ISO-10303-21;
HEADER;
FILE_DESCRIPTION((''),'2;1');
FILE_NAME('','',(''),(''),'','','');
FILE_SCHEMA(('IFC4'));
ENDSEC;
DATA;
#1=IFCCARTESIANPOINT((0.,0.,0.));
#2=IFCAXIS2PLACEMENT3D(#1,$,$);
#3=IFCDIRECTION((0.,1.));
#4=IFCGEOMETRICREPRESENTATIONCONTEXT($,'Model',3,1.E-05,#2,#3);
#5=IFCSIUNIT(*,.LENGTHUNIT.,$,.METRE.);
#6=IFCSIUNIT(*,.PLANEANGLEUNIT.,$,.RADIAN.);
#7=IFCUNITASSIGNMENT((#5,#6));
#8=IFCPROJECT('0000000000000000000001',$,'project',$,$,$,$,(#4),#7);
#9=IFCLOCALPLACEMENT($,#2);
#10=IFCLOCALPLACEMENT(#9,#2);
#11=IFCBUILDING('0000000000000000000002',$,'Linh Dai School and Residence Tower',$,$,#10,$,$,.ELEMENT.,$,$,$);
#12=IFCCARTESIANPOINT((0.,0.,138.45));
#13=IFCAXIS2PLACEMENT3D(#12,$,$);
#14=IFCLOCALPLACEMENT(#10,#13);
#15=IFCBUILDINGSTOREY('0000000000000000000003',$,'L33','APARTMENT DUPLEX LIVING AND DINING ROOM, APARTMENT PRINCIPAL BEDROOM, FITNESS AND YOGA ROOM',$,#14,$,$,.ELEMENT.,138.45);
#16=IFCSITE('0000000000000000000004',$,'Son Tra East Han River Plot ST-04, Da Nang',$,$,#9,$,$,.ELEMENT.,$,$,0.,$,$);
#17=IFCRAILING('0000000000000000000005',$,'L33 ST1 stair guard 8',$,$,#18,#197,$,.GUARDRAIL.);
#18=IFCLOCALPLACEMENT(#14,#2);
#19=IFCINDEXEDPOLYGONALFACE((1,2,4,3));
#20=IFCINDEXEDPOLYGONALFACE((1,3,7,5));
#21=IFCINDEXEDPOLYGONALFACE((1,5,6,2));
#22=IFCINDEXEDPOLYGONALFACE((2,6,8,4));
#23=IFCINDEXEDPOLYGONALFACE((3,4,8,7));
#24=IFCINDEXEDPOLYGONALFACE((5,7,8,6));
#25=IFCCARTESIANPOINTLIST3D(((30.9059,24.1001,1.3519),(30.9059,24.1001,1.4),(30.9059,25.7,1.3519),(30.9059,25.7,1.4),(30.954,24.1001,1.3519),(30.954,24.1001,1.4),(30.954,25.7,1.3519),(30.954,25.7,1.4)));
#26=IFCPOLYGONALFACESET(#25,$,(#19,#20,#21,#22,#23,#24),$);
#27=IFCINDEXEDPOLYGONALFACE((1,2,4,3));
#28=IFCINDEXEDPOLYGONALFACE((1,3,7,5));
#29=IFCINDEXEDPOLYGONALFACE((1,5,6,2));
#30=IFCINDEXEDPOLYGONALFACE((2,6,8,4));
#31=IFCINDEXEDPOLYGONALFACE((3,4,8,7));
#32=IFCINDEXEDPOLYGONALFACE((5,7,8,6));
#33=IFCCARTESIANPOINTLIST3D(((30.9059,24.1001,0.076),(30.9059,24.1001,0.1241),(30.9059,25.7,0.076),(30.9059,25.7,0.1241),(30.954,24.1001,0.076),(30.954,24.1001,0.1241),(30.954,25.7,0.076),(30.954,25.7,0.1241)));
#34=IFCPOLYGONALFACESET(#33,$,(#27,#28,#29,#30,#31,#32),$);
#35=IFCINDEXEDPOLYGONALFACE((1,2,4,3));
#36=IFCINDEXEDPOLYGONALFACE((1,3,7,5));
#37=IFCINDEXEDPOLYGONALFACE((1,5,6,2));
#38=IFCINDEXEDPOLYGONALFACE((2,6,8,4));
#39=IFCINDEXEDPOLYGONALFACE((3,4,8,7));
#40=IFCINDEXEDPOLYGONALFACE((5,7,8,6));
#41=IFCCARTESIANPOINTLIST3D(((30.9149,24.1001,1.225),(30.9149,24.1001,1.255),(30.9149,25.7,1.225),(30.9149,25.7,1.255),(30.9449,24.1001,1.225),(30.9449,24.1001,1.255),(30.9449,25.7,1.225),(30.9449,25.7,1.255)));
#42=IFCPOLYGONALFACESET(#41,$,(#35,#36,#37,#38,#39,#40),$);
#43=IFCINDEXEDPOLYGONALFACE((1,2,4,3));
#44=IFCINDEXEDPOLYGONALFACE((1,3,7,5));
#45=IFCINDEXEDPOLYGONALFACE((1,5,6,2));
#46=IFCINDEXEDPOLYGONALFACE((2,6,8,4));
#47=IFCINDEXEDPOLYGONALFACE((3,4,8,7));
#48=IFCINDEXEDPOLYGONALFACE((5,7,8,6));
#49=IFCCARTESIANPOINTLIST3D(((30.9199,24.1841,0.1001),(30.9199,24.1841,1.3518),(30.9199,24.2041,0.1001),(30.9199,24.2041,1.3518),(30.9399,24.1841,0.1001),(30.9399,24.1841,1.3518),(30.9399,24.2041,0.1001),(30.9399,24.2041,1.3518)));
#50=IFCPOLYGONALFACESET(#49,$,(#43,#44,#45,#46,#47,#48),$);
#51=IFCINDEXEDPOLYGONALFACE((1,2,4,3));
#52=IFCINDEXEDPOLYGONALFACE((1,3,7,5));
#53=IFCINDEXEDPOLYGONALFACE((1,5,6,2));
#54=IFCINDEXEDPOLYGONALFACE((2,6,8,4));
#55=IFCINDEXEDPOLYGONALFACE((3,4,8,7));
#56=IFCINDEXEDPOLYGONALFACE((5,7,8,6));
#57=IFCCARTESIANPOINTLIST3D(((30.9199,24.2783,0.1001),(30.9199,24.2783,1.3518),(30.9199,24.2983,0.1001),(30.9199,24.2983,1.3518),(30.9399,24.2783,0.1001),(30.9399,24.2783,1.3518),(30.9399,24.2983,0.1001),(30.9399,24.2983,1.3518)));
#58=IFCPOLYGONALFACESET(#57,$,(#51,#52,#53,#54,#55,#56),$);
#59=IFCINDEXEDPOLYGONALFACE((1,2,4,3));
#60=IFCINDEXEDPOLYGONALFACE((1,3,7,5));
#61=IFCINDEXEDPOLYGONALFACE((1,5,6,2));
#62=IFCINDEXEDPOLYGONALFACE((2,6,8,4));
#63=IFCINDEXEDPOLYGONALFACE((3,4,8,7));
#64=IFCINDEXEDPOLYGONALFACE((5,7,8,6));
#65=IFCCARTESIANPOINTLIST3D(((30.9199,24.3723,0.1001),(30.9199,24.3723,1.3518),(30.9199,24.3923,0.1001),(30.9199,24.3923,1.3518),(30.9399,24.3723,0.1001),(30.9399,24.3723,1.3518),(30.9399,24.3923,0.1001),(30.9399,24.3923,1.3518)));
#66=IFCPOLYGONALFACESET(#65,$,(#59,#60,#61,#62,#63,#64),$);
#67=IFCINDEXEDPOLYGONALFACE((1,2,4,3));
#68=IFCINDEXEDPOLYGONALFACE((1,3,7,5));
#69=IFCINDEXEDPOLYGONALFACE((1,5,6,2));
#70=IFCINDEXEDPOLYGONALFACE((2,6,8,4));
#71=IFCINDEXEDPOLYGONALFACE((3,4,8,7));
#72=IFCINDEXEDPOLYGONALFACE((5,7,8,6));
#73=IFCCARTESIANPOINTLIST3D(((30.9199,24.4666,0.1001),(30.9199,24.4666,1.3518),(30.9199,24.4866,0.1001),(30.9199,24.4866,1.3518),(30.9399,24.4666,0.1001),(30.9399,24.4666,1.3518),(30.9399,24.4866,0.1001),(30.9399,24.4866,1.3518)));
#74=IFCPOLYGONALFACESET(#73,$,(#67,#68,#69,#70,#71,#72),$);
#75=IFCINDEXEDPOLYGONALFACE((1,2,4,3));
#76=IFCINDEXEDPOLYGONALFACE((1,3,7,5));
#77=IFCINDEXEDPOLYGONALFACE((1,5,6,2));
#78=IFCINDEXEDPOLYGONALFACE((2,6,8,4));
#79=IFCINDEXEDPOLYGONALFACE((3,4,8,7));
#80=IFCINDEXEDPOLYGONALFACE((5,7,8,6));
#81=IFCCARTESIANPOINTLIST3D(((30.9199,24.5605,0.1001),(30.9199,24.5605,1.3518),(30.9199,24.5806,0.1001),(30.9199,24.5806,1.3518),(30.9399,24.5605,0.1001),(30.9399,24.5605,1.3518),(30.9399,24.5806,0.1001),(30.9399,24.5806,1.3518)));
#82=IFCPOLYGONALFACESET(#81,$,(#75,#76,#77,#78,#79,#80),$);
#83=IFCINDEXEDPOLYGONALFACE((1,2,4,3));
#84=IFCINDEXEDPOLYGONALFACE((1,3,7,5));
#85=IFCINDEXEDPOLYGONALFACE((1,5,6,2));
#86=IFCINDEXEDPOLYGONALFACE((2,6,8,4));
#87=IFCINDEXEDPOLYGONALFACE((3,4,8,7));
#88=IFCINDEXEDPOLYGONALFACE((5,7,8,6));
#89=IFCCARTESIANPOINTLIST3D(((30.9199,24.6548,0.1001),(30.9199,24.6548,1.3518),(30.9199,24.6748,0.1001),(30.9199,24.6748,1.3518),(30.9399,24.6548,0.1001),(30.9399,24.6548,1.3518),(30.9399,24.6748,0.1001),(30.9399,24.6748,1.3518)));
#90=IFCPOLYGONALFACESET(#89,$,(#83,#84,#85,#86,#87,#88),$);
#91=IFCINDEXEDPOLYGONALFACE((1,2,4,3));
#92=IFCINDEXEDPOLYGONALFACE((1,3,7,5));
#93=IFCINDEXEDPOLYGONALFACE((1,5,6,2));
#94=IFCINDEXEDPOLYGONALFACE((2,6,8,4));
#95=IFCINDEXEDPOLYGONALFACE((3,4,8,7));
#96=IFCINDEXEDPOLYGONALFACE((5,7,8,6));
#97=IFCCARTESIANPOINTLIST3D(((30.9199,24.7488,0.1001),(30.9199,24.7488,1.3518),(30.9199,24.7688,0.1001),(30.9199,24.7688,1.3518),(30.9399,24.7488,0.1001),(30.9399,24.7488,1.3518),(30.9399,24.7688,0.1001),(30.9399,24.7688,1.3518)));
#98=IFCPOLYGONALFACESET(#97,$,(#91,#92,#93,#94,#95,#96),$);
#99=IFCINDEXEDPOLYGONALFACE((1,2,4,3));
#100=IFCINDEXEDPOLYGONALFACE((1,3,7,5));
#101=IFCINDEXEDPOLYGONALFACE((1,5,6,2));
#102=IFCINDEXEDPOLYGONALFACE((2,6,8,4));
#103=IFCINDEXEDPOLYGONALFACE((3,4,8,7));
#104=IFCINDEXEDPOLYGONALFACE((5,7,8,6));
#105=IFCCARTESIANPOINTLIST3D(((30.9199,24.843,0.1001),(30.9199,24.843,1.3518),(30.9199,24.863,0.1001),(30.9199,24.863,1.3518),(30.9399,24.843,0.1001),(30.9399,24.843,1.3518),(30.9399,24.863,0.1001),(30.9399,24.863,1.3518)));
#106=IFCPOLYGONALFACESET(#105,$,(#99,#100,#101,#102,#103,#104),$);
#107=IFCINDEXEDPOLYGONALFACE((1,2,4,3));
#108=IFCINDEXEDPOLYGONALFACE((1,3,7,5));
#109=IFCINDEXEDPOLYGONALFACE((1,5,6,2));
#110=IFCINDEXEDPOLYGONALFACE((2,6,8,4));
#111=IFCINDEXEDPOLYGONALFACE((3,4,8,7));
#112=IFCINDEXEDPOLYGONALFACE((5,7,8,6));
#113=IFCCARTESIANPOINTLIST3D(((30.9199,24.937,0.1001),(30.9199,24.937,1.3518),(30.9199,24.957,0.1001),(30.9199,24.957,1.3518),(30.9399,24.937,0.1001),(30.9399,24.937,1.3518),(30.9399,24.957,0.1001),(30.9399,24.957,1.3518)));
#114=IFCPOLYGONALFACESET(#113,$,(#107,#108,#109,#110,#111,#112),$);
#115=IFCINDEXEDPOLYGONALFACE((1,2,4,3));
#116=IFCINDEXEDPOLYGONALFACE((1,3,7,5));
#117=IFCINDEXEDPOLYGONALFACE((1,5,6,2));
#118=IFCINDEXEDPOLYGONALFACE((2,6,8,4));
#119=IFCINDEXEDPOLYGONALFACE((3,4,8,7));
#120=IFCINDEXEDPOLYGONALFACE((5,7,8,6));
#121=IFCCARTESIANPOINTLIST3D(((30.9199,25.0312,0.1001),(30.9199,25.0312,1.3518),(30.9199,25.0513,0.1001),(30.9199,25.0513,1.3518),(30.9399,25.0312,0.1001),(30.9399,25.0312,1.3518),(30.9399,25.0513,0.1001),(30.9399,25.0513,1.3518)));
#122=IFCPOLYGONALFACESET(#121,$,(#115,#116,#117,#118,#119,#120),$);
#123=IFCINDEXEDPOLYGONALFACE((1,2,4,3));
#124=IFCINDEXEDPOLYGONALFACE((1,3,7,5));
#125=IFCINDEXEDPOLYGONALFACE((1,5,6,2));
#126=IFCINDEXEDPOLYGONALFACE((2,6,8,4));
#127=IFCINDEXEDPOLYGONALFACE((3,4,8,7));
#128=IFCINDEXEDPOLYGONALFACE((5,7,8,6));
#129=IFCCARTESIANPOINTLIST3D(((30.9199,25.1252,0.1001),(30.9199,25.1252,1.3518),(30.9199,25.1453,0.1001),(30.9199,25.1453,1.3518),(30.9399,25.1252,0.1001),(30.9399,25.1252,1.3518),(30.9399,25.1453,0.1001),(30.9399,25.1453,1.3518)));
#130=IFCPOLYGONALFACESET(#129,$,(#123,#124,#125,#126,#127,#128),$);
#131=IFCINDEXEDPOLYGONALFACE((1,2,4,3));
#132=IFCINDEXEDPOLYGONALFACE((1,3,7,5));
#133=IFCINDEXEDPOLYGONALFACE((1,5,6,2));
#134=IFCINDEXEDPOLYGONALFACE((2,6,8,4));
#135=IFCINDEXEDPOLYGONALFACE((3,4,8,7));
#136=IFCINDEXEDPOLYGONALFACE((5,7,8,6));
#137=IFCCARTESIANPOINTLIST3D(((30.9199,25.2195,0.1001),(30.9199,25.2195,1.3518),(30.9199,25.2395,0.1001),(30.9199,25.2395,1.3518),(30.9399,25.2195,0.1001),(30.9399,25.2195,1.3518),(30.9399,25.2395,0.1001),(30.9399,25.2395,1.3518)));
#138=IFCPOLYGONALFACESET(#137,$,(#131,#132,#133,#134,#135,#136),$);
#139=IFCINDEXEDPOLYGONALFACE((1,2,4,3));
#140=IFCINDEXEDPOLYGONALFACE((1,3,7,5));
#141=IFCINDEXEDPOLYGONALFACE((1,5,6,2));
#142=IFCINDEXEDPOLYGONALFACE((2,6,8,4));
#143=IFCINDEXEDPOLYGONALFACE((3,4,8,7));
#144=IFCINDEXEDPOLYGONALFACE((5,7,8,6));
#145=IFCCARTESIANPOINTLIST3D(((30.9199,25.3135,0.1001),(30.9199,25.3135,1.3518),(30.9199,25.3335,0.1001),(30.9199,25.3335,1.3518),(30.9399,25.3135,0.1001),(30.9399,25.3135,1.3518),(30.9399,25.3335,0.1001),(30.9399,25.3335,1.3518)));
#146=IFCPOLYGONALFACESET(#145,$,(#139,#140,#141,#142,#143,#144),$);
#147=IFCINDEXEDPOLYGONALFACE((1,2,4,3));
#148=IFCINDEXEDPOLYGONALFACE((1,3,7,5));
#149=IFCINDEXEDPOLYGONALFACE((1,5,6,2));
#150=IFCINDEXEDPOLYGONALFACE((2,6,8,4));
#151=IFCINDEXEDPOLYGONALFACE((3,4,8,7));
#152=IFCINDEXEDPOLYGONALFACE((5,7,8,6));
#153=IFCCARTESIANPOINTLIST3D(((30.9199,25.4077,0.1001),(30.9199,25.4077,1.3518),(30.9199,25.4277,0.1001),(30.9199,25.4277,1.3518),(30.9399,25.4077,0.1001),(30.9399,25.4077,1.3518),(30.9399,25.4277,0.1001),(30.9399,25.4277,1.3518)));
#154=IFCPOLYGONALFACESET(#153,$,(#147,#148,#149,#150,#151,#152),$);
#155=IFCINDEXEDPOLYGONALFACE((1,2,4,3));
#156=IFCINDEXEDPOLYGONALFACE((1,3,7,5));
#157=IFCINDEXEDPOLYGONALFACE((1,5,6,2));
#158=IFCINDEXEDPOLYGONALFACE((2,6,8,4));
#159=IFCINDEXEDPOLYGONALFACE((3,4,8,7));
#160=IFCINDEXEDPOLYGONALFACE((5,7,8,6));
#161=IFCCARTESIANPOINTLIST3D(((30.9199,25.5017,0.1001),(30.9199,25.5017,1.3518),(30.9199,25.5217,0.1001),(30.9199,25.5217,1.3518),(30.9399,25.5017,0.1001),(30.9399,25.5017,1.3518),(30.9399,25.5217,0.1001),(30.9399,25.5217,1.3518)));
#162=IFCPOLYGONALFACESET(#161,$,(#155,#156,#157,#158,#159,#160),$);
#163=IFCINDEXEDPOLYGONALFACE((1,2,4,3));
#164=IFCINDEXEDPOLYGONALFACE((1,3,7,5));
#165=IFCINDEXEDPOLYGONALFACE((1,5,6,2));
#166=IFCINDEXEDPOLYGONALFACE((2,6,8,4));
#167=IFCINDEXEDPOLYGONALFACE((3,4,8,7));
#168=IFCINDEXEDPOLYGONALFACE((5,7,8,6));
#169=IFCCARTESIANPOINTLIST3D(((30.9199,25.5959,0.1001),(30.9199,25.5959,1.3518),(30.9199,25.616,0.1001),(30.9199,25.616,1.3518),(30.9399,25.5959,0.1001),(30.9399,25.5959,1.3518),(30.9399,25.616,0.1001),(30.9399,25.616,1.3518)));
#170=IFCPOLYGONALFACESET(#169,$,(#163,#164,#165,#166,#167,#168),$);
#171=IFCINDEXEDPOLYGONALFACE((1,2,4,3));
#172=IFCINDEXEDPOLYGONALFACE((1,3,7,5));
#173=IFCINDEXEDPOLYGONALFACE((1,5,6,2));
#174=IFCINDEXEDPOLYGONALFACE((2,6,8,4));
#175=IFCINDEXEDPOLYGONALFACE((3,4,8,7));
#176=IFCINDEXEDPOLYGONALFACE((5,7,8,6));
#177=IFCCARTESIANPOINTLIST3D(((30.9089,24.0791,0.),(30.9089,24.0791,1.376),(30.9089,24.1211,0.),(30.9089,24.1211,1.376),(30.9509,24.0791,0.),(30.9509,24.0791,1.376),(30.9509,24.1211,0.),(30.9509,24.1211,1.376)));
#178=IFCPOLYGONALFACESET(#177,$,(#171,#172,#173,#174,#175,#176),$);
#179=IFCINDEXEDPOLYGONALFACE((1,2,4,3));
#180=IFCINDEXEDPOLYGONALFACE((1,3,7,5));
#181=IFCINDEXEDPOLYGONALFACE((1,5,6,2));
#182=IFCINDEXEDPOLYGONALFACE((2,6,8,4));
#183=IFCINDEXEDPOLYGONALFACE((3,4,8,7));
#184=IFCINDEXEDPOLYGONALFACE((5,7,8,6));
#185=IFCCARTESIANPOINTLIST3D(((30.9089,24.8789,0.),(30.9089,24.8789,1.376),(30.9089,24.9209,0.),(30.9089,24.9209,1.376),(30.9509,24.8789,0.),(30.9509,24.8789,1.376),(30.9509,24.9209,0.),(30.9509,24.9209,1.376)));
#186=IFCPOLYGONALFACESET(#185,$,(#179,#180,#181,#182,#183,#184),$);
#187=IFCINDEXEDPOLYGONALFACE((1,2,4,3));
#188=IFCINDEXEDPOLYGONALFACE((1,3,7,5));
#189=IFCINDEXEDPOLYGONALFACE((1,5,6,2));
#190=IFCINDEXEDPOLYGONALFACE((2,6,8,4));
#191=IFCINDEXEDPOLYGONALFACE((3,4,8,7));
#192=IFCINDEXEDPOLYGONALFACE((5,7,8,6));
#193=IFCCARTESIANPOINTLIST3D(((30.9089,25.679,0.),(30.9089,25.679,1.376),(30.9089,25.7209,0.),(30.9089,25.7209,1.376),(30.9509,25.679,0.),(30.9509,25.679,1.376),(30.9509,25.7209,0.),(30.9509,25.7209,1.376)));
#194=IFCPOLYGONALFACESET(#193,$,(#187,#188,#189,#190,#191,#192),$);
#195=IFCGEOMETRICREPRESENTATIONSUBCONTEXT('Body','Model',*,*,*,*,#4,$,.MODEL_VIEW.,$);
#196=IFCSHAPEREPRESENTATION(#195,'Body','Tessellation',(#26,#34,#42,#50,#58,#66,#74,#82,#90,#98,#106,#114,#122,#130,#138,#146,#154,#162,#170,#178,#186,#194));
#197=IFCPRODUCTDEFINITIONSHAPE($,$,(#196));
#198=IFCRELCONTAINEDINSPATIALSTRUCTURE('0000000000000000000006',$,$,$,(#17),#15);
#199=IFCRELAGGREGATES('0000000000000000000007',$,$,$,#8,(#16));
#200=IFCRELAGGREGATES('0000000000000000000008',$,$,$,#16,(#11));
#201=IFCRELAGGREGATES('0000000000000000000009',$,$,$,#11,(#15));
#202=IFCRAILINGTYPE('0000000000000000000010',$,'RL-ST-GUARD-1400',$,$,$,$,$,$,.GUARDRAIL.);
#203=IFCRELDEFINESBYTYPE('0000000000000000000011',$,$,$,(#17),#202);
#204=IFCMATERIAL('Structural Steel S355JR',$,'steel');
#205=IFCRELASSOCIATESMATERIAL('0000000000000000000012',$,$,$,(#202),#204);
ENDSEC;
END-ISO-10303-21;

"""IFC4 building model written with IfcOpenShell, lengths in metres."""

from ifc_helpers import new_model, si_unit, direction, frame, origin, origin_2d, place, context, subcontext, project, spatial, rectangle, extrude, source, transform, mapped, material, type_object, element, save


model = new_model("IFC4")

# Units and contexts
model_context = context("Model", 3, precision=1e-05, world=origin(), true_north=direction((0.0, 1.0)))
body_context = subcontext(model_context, "Body", "Model", "MODEL_VIEW")
ifc_project = project(units=[si_unit("LENGTHUNIT", "METRE"), si_unit("PLANEANGLEUNIT", "RADIAN")], contexts=[model_context])

# Site, building, storey
site_placement = place(None, origin())
site = spatial("IfcSite", under=ifc_project, at=site_placement, Name="Son Tra East Han River Plot ST-04, Da Nang", CompositionType="ELEMENT", RefElevation=0.0)
building_placement = place(site_placement, origin())
building = spatial("IfcBuilding", under=site, at=building_placement, Name="Linh Dai School and Residence Tower", CompositionType="ELEMENT")
storey_placement = place(building_placement, frame((0.0, 0.0, 138.45)))
storey = spatial("IfcBuildingStorey", under=building, at=storey_placement, Name="L33", Description="APARTMENT DUPLEX LIVING AND DINING ROOM, APARTMENT PRINCIPAL BEDROOM, FITNESS AND YOGA ROOM", CompositionType="ELEMENT", Elevation=138.45)

# Shared definitions
ifc_material_1 = material(Name="Structural Steel S355JR", Category="steel")

# Railing
railing_type = type_object("IfcRailingType", Name="RL-ST-GUARD-1400", PredefinedType="GUARDRAIL", material=ifc_material_1)
shared_shape_1 = source(origin(), body_context, "Body", "SweptSolid", [
    extrude(rectangle(XDim=0.0481, YDim=0.0481, at=origin_2d()), frame((0.0, 0.0, 1.376), z_axis=(0.0, 1.0, 0.0), x_axis=(-1.0, 0.0, 0.0)), (0.0, 0.0, 1.0), 1.5999),
    extrude(rectangle(XDim=0.0481, YDim=0.0481, at=origin_2d()), frame((0.0, 0.0, 0.1001), z_axis=(0.0, 1.0, 0.0), x_axis=(-1.0, 0.0, 0.0)), (0.0, 0.0, 1.0), 1.5999),
    extrude(rectangle(XDim=0.03, YDim=0.03, at=origin_2d()), frame((0.0, 0.0, 1.24), z_axis=(0.0, 1.0, 0.0), x_axis=(-1.0, 0.0, 0.0)), (0.0, 0.0, 1.0), 1.5999),
    extrude(rectangle(XDim=0.02, YDim=0.02, at=origin_2d()), frame((0.0, 0.094, 0.1001)), (0.0, 0.0, 1.0), 1.2517),
    extrude(rectangle(XDim=0.02, YDim=0.02, at=origin_2d()), frame((0.0, 0.1882, 0.1001)), (0.0, 0.0, 1.0), 1.2517),
    extrude(rectangle(XDim=0.02, YDim=0.02, at=origin_2d()), frame((0.0, 0.2822, 0.1001)), (0.0, 0.0, 1.0), 1.2517),
    extrude(rectangle(XDim=0.02, YDim=0.02, at=origin_2d()), frame((0.0, 0.3765, 0.1001)), (0.0, 0.0, 1.0), 1.2517),
    extrude(rectangle(XDim=0.02, YDim=0.02, at=origin_2d()), frame((0.0, 0.4705, 0.1001)), (0.0, 0.0, 1.0), 1.2517),
    extrude(rectangle(XDim=0.02, YDim=0.02, at=origin_2d()), frame((0.0, 0.5647, 0.1001)), (0.0, 0.0, 1.0), 1.2517),
    extrude(rectangle(XDim=0.02, YDim=0.02, at=origin_2d()), frame((0.0, 0.6587, 0.1001)), (0.0, 0.0, 1.0), 1.2517),
    extrude(rectangle(XDim=0.02, YDim=0.02, at=origin_2d()), frame((0.0, 0.7529, 0.1001)), (0.0, 0.0, 1.0), 1.2517),
    extrude(rectangle(XDim=0.02, YDim=0.02, at=origin_2d()), frame((0.0, 0.8469, 0.1001)), (0.0, 0.0, 1.0), 1.2517),
    extrude(rectangle(XDim=0.02, YDim=0.02, at=origin_2d()), frame((0.0, 0.9412, 0.1001)), (0.0, 0.0, 1.0), 1.2517),
    extrude(rectangle(XDim=0.02, YDim=0.02, at=origin_2d()), frame((0.0, 1.0352, 0.1001)), (0.0, 0.0, 1.0), 1.2517),
    extrude(rectangle(XDim=0.02, YDim=0.02, at=origin_2d()), frame((0.0, 1.1294, 0.1001)), (0.0, 0.0, 1.0), 1.2517),
    extrude(rectangle(XDim=0.02, YDim=0.02, at=origin_2d()), frame((0.0, 1.2234, 0.1001)), (0.0, 0.0, 1.0), 1.2517),
    extrude(rectangle(XDim=0.02, YDim=0.02, at=origin_2d()), frame((0.0, 1.3176, 0.1001)), (0.0, 0.0, 1.0), 1.2517),
    extrude(rectangle(XDim=0.02, YDim=0.02, at=origin_2d()), frame((0.0, 1.4116, 0.1001)), (0.0, 0.0, 1.0), 1.2517),
    extrude(rectangle(XDim=0.02, YDim=0.02, at=origin_2d()), frame((0.0, 1.5059, 0.1001)), (0.0, 0.0, 1.0), 1.2517),
    extrude(rectangle(XDim=0.042, YDim=0.042, at=origin_2d()), origin(), (0.0, 0.0, 1.0), 1.376),
    extrude(rectangle(XDim=0.042, YDim=0.042, at=origin_2d()), frame((0.0, 0.7998, 0.0)), (0.0, 0.0, 1.0), 1.376),
    extrude(rectangle(XDim=0.042, YDim=0.042, at=origin_2d()), frame((0.0, 1.5999, 0.0)), (0.0, 0.0, 1.0), 1.376),
])
for number, where, name in (
    (1, (30.9299, 24.1001, 0.0), "L33 ST1 stair guard 8"),
):
    element("IfcRailing", number, at=place(storey_placement, frame(where)), inside=storey, type_object=railing_type, Name=name, PredefinedType="GUARDRAIL", context=body_context, shape_type="MappedRepresentation", body=[
        mapped(shared_shape_1, transform((0.0, 0.0, 0.0), x_axis=(1.0, 0.0, 0.0), y_axis=(0.0, 1.0, 0.0), z_axis=(0.0, 0.0, 1.0), scale=1.0)),
    ])

save(model, "model.ifc")
